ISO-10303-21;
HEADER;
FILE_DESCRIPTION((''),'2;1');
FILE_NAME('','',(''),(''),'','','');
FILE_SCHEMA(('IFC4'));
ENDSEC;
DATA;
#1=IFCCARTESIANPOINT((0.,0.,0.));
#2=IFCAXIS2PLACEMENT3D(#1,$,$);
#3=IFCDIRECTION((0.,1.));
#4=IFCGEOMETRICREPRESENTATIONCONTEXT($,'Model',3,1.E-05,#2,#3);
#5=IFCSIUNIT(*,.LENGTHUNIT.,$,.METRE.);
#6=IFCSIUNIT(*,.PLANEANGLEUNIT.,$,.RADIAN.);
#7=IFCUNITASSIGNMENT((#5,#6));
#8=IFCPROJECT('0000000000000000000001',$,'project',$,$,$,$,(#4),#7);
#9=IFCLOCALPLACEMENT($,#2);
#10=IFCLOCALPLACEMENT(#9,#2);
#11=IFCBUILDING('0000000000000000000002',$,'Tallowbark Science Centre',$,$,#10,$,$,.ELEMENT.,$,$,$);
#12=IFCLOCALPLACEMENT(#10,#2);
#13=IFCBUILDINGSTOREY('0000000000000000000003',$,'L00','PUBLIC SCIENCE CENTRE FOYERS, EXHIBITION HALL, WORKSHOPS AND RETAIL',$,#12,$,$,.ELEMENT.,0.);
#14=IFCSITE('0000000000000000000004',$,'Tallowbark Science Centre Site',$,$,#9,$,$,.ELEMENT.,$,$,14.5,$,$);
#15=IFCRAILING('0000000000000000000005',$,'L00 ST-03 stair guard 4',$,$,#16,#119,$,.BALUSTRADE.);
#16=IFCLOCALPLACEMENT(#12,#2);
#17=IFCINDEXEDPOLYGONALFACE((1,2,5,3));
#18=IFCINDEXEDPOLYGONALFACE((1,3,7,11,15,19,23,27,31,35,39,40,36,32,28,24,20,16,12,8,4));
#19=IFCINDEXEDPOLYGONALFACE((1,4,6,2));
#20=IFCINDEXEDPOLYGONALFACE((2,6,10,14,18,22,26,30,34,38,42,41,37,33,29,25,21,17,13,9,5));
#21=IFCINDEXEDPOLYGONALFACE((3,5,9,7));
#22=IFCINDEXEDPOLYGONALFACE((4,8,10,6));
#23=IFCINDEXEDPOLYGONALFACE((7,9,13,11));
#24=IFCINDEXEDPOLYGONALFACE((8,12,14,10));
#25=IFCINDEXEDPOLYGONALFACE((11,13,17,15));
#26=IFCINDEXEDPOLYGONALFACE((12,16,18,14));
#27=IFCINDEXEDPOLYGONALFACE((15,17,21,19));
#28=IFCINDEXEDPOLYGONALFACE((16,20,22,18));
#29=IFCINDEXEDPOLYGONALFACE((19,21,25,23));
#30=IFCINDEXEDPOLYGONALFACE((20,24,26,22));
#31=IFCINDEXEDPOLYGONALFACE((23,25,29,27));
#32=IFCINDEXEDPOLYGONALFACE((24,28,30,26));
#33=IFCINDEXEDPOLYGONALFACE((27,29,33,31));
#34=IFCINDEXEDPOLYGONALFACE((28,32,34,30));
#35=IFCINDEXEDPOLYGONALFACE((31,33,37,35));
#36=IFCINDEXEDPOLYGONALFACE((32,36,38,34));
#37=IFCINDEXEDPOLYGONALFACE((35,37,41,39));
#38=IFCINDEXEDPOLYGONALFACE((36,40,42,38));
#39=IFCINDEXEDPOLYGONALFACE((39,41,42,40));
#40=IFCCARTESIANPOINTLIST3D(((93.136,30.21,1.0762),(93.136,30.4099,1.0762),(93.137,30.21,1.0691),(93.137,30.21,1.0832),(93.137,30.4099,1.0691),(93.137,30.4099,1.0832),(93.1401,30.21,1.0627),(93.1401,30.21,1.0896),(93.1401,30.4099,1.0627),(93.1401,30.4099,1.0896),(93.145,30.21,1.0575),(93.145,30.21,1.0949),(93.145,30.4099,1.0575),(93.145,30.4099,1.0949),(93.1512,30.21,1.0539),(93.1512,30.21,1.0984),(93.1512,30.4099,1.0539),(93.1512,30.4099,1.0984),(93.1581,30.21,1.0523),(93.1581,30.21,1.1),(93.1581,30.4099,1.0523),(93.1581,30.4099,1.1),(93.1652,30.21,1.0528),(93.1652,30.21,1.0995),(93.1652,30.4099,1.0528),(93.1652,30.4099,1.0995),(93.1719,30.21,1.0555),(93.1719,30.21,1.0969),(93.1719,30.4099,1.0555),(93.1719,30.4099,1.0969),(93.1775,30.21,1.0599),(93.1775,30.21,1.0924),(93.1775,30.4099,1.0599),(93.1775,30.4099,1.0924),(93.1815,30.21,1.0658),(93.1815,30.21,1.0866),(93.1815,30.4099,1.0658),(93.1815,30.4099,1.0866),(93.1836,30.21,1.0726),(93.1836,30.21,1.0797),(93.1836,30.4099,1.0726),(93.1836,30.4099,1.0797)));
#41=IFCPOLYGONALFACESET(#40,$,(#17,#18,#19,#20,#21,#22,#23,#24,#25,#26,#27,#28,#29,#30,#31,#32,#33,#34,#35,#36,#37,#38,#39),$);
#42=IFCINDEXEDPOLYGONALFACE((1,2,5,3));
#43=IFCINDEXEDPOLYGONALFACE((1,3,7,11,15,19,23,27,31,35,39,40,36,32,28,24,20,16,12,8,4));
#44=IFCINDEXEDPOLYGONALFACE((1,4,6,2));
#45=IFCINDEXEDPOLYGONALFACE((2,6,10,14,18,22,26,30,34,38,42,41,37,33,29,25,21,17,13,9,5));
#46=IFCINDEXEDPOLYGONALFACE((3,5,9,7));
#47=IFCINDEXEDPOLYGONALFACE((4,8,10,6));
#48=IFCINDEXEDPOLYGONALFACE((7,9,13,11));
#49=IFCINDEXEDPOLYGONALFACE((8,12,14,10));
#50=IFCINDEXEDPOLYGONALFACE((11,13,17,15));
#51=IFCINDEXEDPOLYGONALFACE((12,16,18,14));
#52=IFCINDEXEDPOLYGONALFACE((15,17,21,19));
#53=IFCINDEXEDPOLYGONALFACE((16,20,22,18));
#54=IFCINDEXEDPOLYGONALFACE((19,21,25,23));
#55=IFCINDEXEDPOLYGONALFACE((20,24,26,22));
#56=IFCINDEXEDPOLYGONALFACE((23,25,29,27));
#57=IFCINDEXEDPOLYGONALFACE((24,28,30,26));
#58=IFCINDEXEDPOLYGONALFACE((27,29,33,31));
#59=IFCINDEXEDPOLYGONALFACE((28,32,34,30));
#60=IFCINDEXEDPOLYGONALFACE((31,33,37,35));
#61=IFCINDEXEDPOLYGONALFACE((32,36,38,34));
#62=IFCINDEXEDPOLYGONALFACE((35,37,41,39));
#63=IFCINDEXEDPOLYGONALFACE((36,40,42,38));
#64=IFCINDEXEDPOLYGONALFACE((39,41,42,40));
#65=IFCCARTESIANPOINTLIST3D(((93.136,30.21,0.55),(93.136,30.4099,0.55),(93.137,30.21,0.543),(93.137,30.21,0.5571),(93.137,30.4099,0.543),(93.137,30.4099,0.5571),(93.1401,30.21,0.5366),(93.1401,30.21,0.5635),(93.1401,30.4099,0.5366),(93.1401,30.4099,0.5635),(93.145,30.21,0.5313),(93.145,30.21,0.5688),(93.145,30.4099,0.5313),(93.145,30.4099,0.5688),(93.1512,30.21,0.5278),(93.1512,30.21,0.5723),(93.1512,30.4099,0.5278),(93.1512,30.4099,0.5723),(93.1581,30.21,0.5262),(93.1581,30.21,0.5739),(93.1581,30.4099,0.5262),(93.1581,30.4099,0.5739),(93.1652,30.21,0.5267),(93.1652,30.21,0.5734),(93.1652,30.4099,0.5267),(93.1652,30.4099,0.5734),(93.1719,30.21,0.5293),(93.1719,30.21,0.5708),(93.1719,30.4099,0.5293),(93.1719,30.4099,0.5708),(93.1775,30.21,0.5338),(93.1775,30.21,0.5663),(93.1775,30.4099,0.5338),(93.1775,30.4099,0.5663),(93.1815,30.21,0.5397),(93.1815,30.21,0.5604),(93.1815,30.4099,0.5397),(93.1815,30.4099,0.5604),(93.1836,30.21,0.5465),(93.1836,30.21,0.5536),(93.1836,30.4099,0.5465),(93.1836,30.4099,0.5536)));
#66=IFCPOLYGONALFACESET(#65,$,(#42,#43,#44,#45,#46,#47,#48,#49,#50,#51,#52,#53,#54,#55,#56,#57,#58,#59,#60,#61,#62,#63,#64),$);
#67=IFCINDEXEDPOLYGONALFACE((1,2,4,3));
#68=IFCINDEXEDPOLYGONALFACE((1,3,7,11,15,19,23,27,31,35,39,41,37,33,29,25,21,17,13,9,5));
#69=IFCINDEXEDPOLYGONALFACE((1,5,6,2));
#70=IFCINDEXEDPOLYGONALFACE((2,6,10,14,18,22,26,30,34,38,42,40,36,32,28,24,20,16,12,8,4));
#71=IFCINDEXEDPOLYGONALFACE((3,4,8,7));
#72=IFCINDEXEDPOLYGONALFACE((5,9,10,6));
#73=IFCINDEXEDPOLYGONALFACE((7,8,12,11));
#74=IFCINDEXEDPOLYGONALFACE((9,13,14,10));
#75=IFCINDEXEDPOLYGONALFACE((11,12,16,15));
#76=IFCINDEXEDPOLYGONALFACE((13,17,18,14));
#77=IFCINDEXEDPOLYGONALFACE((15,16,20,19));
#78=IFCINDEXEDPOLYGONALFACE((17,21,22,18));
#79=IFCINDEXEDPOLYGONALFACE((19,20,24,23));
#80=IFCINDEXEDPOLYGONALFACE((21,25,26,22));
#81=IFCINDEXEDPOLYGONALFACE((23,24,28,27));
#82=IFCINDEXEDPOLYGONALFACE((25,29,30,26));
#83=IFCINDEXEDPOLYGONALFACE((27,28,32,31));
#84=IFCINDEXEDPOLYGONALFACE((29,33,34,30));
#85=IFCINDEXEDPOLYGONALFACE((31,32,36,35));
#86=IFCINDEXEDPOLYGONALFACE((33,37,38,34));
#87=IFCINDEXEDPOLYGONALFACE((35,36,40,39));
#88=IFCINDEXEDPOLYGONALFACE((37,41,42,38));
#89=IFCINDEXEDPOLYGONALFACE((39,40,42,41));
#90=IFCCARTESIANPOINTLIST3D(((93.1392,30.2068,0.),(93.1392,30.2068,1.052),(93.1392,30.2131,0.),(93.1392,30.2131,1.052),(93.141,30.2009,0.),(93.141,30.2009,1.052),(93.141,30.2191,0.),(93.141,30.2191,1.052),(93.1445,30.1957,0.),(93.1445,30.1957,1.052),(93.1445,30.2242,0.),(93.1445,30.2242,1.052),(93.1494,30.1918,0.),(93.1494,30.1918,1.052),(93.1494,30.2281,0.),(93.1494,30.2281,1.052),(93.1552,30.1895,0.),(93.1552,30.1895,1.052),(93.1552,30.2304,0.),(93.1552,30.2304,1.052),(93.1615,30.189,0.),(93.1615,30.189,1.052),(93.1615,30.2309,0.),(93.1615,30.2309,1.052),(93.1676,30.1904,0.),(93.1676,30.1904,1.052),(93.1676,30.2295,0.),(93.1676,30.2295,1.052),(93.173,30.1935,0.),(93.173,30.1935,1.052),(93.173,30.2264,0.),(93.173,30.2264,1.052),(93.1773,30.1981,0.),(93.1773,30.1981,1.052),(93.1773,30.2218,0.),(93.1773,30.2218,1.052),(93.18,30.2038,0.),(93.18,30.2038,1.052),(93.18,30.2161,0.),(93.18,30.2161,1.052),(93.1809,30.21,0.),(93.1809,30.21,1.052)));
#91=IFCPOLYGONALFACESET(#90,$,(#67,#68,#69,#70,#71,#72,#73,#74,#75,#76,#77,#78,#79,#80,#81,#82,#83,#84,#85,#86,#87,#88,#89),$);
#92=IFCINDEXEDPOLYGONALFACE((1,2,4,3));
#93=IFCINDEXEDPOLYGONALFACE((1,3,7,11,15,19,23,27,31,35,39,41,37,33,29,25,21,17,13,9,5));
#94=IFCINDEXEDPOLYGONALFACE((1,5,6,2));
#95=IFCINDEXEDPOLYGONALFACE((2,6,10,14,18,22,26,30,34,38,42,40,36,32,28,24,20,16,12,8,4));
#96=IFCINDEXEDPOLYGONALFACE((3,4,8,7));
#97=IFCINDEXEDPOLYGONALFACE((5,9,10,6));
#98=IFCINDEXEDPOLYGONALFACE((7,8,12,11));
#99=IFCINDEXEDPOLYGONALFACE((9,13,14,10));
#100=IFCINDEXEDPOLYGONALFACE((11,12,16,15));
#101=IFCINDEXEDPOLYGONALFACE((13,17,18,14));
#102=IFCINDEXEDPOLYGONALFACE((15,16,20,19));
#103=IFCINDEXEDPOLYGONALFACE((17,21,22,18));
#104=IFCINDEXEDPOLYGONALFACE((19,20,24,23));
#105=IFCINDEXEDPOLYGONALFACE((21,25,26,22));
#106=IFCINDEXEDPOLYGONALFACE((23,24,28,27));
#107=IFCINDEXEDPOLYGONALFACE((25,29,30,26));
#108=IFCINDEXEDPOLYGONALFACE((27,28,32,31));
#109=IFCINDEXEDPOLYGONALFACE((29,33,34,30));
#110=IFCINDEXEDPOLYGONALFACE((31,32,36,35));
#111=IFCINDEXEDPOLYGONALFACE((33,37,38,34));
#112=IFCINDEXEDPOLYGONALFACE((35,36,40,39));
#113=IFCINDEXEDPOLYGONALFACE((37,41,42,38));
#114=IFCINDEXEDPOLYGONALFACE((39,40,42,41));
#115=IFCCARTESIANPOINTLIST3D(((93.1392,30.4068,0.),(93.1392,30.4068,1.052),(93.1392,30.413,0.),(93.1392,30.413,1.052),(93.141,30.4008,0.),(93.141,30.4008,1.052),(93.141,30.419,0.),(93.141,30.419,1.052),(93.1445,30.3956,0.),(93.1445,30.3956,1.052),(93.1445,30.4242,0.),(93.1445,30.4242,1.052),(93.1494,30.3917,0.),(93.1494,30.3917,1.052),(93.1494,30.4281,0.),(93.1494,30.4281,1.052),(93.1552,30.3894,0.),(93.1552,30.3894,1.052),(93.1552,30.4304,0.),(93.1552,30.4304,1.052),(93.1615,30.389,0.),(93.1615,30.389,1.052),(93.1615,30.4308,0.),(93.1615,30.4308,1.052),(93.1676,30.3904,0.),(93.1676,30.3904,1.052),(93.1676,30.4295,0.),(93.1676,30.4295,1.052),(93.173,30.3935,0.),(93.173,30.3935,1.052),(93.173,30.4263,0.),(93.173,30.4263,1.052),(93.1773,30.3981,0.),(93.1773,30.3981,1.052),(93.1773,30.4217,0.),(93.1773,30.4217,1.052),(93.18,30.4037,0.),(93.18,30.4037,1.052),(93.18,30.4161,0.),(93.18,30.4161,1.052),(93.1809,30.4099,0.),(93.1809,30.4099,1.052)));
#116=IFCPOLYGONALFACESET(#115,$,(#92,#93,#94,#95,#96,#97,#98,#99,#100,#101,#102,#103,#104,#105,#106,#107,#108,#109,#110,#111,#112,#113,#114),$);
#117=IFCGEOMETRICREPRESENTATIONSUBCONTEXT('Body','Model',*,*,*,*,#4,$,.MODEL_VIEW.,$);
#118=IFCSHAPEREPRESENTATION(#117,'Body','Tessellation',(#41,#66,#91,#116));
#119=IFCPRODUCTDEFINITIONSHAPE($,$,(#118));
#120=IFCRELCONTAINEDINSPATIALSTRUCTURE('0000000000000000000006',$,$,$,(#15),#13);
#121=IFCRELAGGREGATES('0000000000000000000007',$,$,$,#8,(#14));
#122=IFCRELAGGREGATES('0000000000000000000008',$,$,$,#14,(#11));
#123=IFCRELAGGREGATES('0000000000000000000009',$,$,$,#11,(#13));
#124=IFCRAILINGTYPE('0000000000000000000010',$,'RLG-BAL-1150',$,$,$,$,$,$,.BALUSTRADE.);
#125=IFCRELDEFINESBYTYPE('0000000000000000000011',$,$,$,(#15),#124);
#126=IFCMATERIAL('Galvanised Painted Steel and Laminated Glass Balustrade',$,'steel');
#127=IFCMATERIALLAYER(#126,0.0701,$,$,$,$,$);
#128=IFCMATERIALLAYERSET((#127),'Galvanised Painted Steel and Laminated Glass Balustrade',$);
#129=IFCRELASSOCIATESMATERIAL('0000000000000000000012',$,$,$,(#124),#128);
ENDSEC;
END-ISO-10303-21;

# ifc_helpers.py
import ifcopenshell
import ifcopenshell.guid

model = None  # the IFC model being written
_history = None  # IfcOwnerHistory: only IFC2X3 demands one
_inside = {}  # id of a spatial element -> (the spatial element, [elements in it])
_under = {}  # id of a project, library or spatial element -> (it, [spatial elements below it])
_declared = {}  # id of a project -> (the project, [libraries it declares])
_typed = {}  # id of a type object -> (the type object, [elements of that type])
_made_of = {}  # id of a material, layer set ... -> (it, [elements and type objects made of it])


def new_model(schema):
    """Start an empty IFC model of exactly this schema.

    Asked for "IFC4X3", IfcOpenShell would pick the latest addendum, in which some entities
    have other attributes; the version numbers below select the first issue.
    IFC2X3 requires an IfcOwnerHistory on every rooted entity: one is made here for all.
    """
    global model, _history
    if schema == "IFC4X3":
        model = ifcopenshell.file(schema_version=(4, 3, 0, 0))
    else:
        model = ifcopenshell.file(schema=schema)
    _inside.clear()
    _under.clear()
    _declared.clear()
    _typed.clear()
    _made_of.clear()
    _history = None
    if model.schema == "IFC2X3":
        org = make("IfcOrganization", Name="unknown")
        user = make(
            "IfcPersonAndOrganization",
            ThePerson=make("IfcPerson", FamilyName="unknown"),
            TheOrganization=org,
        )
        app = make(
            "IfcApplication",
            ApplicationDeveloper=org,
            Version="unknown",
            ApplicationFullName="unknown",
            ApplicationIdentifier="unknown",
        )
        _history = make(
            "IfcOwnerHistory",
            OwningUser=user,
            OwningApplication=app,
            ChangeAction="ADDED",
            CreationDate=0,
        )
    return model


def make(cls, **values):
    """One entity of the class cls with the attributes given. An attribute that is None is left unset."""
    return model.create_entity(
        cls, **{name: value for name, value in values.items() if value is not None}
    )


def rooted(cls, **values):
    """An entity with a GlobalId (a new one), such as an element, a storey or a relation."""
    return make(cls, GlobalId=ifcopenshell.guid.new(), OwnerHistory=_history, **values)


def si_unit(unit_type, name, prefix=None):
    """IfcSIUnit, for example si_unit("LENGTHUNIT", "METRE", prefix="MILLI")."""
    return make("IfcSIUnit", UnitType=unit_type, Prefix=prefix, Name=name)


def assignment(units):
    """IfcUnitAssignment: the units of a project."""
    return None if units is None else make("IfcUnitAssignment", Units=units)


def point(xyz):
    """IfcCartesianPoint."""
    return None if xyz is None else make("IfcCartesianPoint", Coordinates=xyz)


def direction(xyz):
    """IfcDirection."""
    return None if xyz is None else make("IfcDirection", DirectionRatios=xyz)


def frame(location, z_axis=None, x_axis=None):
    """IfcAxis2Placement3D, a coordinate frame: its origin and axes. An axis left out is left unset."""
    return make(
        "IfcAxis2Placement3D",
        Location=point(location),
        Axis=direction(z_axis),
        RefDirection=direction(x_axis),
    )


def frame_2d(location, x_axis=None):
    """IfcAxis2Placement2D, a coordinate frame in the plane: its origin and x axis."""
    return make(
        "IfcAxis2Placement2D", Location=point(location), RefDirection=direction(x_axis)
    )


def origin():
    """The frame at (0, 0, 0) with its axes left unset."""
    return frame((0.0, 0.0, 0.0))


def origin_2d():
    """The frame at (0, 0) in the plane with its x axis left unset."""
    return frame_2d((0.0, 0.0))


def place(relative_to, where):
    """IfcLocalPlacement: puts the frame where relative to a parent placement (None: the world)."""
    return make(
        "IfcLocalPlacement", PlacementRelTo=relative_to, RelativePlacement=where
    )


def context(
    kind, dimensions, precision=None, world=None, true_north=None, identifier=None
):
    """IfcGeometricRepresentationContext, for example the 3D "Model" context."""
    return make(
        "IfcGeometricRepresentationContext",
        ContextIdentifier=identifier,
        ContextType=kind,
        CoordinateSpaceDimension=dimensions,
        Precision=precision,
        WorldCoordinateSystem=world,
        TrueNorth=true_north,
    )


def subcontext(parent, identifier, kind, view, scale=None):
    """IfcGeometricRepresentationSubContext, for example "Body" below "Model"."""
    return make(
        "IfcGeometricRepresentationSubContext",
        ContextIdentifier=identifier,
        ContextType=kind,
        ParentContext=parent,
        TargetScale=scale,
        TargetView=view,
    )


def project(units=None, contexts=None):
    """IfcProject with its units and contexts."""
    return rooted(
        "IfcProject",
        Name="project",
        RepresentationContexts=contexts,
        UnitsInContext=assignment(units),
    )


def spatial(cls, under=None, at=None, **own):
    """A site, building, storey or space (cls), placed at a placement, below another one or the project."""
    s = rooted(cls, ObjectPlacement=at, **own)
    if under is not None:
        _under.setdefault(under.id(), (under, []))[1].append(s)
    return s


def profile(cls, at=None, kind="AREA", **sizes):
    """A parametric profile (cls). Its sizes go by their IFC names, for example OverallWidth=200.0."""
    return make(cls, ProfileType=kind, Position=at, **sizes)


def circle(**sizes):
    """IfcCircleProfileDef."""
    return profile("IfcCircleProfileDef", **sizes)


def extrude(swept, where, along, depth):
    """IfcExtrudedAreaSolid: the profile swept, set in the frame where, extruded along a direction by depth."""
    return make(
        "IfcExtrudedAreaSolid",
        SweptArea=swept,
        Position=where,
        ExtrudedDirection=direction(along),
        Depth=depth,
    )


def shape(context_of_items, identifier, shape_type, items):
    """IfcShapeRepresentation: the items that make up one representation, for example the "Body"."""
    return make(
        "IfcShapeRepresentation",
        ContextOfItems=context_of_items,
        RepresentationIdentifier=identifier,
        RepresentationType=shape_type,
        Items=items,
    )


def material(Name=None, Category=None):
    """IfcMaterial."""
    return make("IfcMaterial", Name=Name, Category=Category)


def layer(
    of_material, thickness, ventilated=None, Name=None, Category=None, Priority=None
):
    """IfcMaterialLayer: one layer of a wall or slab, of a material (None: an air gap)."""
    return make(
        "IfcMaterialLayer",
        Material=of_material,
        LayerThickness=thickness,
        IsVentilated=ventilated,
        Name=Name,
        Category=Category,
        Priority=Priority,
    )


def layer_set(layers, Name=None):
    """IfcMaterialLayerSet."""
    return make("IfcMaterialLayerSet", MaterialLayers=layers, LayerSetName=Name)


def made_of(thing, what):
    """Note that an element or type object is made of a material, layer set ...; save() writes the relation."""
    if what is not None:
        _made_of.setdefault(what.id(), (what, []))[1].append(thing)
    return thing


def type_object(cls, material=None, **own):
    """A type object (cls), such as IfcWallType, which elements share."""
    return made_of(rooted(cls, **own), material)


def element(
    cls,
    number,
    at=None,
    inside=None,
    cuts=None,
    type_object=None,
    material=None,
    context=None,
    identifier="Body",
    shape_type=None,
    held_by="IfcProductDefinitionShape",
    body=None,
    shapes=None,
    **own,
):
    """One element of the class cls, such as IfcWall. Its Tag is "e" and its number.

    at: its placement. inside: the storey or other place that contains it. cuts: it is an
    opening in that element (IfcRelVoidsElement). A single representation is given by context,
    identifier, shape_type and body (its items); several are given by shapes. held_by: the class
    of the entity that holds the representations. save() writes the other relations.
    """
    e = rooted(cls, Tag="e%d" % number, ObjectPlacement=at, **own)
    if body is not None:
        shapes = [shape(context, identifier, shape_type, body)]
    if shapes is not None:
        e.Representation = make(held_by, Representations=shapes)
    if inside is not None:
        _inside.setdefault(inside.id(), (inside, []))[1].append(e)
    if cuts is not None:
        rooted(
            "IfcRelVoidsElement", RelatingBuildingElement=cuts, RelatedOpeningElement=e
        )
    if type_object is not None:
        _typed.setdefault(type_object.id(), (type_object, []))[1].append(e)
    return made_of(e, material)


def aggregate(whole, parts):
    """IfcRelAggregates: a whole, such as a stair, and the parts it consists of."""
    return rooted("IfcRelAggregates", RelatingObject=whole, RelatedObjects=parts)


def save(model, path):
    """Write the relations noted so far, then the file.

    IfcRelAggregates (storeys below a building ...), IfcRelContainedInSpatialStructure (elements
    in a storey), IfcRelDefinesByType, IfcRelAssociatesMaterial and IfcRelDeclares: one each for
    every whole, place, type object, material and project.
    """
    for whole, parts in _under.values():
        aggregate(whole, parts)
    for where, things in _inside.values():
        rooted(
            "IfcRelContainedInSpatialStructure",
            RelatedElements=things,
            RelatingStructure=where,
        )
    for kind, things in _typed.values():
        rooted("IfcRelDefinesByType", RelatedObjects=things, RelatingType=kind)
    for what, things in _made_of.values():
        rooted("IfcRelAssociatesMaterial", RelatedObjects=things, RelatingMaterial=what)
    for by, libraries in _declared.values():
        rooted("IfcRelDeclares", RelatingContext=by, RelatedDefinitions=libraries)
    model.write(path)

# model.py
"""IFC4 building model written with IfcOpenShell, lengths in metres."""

from ifc_helpers import new_model, si_unit, direction, frame, origin, origin_2d, place, context, subcontext, project, spatial, circle, extrude, material, layer, layer_set, type_object, element, save


model = new_model("IFC4")

# Units and contexts
model_context = context("Model", 3, precision=1e-05, world=origin(), true_north=direction((0.0, 1.0)))
body_context = subcontext(model_context, "Body", "Model", "MODEL_VIEW")
ifc_project = project(units=[si_unit("LENGTHUNIT", "METRE"), si_unit("PLANEANGLEUNIT", "RADIAN")], contexts=[model_context])

# Site, building, storey
site_placement = place(None, origin())
site = spatial("IfcSite", under=ifc_project, at=site_placement, Name="Tallowbark Science Centre Site", CompositionType="ELEMENT", RefElevation=14.5)
building_placement = place(site_placement, origin())
building = spatial("IfcBuilding", under=site, at=building_placement, Name="Tallowbark Science Centre", CompositionType="ELEMENT")
storey_placement = place(building_placement, origin())
storey = spatial("IfcBuildingStorey", under=building, at=storey_placement, Name="L00", Description="PUBLIC SCIENCE CENTRE FOYERS, EXHIBITION HALL, WORKSHOPS AND RETAIL", CompositionType="ELEMENT", Elevation=0.0)

# Railing
ifc_material_1 = material(Name="Galvanised Painted Steel and Laminated Glass Balustrade", Category="steel")
ifc_layer_1 = layer(ifc_material_1, 0.0701)
ifc_layer_set_1 = layer_set([ifc_layer_1], Name="Galvanised Painted Steel and Laminated Glass Balustrade")
railing_type_1 = type_object("IfcRailingType", Name="RLG-BAL-1150", PredefinedType="BALUSTRADE", material=ifc_layer_set_1)
railing_1_placement = place(storey_placement, frame((93.1599, 30.21, 0.0)))
element("IfcRailing", 1, at=railing_1_placement, inside=storey, type_object=railing_type_1, Name="L00 ST-03 stair guard 4", PredefinedType="BALUSTRADE", context=body_context, shape_type="SweptSolid", body=[
    extrude(circle(Radius=0.0239, at=origin_2d()), frame((0.0, 0.0, 1.0762), z_axis=(0.0, 1.0, 0.0), x_axis=(-1.0, 0.0, 0.0)), (0.0, 0.0, 1.0), 0.2),
    extrude(circle(Radius=0.0239, at=origin_2d()), frame((0.0, 0.0, 0.55), z_axis=(0.0, 1.0, 0.0), x_axis=(-1.0, 0.0, 0.0)), (0.0, 0.0, 1.0), 0.2),
    extrude(circle(Radius=0.021, at=origin_2d()), origin(), (0.0, 0.0, 1.0), 1.052),
    extrude(circle(Radius=0.021, at=origin_2d()), frame((0.0, 0.2, 0.0)), (0.0, 0.0, 1.0), 1.052),
])

save(model, "model.ifc")
